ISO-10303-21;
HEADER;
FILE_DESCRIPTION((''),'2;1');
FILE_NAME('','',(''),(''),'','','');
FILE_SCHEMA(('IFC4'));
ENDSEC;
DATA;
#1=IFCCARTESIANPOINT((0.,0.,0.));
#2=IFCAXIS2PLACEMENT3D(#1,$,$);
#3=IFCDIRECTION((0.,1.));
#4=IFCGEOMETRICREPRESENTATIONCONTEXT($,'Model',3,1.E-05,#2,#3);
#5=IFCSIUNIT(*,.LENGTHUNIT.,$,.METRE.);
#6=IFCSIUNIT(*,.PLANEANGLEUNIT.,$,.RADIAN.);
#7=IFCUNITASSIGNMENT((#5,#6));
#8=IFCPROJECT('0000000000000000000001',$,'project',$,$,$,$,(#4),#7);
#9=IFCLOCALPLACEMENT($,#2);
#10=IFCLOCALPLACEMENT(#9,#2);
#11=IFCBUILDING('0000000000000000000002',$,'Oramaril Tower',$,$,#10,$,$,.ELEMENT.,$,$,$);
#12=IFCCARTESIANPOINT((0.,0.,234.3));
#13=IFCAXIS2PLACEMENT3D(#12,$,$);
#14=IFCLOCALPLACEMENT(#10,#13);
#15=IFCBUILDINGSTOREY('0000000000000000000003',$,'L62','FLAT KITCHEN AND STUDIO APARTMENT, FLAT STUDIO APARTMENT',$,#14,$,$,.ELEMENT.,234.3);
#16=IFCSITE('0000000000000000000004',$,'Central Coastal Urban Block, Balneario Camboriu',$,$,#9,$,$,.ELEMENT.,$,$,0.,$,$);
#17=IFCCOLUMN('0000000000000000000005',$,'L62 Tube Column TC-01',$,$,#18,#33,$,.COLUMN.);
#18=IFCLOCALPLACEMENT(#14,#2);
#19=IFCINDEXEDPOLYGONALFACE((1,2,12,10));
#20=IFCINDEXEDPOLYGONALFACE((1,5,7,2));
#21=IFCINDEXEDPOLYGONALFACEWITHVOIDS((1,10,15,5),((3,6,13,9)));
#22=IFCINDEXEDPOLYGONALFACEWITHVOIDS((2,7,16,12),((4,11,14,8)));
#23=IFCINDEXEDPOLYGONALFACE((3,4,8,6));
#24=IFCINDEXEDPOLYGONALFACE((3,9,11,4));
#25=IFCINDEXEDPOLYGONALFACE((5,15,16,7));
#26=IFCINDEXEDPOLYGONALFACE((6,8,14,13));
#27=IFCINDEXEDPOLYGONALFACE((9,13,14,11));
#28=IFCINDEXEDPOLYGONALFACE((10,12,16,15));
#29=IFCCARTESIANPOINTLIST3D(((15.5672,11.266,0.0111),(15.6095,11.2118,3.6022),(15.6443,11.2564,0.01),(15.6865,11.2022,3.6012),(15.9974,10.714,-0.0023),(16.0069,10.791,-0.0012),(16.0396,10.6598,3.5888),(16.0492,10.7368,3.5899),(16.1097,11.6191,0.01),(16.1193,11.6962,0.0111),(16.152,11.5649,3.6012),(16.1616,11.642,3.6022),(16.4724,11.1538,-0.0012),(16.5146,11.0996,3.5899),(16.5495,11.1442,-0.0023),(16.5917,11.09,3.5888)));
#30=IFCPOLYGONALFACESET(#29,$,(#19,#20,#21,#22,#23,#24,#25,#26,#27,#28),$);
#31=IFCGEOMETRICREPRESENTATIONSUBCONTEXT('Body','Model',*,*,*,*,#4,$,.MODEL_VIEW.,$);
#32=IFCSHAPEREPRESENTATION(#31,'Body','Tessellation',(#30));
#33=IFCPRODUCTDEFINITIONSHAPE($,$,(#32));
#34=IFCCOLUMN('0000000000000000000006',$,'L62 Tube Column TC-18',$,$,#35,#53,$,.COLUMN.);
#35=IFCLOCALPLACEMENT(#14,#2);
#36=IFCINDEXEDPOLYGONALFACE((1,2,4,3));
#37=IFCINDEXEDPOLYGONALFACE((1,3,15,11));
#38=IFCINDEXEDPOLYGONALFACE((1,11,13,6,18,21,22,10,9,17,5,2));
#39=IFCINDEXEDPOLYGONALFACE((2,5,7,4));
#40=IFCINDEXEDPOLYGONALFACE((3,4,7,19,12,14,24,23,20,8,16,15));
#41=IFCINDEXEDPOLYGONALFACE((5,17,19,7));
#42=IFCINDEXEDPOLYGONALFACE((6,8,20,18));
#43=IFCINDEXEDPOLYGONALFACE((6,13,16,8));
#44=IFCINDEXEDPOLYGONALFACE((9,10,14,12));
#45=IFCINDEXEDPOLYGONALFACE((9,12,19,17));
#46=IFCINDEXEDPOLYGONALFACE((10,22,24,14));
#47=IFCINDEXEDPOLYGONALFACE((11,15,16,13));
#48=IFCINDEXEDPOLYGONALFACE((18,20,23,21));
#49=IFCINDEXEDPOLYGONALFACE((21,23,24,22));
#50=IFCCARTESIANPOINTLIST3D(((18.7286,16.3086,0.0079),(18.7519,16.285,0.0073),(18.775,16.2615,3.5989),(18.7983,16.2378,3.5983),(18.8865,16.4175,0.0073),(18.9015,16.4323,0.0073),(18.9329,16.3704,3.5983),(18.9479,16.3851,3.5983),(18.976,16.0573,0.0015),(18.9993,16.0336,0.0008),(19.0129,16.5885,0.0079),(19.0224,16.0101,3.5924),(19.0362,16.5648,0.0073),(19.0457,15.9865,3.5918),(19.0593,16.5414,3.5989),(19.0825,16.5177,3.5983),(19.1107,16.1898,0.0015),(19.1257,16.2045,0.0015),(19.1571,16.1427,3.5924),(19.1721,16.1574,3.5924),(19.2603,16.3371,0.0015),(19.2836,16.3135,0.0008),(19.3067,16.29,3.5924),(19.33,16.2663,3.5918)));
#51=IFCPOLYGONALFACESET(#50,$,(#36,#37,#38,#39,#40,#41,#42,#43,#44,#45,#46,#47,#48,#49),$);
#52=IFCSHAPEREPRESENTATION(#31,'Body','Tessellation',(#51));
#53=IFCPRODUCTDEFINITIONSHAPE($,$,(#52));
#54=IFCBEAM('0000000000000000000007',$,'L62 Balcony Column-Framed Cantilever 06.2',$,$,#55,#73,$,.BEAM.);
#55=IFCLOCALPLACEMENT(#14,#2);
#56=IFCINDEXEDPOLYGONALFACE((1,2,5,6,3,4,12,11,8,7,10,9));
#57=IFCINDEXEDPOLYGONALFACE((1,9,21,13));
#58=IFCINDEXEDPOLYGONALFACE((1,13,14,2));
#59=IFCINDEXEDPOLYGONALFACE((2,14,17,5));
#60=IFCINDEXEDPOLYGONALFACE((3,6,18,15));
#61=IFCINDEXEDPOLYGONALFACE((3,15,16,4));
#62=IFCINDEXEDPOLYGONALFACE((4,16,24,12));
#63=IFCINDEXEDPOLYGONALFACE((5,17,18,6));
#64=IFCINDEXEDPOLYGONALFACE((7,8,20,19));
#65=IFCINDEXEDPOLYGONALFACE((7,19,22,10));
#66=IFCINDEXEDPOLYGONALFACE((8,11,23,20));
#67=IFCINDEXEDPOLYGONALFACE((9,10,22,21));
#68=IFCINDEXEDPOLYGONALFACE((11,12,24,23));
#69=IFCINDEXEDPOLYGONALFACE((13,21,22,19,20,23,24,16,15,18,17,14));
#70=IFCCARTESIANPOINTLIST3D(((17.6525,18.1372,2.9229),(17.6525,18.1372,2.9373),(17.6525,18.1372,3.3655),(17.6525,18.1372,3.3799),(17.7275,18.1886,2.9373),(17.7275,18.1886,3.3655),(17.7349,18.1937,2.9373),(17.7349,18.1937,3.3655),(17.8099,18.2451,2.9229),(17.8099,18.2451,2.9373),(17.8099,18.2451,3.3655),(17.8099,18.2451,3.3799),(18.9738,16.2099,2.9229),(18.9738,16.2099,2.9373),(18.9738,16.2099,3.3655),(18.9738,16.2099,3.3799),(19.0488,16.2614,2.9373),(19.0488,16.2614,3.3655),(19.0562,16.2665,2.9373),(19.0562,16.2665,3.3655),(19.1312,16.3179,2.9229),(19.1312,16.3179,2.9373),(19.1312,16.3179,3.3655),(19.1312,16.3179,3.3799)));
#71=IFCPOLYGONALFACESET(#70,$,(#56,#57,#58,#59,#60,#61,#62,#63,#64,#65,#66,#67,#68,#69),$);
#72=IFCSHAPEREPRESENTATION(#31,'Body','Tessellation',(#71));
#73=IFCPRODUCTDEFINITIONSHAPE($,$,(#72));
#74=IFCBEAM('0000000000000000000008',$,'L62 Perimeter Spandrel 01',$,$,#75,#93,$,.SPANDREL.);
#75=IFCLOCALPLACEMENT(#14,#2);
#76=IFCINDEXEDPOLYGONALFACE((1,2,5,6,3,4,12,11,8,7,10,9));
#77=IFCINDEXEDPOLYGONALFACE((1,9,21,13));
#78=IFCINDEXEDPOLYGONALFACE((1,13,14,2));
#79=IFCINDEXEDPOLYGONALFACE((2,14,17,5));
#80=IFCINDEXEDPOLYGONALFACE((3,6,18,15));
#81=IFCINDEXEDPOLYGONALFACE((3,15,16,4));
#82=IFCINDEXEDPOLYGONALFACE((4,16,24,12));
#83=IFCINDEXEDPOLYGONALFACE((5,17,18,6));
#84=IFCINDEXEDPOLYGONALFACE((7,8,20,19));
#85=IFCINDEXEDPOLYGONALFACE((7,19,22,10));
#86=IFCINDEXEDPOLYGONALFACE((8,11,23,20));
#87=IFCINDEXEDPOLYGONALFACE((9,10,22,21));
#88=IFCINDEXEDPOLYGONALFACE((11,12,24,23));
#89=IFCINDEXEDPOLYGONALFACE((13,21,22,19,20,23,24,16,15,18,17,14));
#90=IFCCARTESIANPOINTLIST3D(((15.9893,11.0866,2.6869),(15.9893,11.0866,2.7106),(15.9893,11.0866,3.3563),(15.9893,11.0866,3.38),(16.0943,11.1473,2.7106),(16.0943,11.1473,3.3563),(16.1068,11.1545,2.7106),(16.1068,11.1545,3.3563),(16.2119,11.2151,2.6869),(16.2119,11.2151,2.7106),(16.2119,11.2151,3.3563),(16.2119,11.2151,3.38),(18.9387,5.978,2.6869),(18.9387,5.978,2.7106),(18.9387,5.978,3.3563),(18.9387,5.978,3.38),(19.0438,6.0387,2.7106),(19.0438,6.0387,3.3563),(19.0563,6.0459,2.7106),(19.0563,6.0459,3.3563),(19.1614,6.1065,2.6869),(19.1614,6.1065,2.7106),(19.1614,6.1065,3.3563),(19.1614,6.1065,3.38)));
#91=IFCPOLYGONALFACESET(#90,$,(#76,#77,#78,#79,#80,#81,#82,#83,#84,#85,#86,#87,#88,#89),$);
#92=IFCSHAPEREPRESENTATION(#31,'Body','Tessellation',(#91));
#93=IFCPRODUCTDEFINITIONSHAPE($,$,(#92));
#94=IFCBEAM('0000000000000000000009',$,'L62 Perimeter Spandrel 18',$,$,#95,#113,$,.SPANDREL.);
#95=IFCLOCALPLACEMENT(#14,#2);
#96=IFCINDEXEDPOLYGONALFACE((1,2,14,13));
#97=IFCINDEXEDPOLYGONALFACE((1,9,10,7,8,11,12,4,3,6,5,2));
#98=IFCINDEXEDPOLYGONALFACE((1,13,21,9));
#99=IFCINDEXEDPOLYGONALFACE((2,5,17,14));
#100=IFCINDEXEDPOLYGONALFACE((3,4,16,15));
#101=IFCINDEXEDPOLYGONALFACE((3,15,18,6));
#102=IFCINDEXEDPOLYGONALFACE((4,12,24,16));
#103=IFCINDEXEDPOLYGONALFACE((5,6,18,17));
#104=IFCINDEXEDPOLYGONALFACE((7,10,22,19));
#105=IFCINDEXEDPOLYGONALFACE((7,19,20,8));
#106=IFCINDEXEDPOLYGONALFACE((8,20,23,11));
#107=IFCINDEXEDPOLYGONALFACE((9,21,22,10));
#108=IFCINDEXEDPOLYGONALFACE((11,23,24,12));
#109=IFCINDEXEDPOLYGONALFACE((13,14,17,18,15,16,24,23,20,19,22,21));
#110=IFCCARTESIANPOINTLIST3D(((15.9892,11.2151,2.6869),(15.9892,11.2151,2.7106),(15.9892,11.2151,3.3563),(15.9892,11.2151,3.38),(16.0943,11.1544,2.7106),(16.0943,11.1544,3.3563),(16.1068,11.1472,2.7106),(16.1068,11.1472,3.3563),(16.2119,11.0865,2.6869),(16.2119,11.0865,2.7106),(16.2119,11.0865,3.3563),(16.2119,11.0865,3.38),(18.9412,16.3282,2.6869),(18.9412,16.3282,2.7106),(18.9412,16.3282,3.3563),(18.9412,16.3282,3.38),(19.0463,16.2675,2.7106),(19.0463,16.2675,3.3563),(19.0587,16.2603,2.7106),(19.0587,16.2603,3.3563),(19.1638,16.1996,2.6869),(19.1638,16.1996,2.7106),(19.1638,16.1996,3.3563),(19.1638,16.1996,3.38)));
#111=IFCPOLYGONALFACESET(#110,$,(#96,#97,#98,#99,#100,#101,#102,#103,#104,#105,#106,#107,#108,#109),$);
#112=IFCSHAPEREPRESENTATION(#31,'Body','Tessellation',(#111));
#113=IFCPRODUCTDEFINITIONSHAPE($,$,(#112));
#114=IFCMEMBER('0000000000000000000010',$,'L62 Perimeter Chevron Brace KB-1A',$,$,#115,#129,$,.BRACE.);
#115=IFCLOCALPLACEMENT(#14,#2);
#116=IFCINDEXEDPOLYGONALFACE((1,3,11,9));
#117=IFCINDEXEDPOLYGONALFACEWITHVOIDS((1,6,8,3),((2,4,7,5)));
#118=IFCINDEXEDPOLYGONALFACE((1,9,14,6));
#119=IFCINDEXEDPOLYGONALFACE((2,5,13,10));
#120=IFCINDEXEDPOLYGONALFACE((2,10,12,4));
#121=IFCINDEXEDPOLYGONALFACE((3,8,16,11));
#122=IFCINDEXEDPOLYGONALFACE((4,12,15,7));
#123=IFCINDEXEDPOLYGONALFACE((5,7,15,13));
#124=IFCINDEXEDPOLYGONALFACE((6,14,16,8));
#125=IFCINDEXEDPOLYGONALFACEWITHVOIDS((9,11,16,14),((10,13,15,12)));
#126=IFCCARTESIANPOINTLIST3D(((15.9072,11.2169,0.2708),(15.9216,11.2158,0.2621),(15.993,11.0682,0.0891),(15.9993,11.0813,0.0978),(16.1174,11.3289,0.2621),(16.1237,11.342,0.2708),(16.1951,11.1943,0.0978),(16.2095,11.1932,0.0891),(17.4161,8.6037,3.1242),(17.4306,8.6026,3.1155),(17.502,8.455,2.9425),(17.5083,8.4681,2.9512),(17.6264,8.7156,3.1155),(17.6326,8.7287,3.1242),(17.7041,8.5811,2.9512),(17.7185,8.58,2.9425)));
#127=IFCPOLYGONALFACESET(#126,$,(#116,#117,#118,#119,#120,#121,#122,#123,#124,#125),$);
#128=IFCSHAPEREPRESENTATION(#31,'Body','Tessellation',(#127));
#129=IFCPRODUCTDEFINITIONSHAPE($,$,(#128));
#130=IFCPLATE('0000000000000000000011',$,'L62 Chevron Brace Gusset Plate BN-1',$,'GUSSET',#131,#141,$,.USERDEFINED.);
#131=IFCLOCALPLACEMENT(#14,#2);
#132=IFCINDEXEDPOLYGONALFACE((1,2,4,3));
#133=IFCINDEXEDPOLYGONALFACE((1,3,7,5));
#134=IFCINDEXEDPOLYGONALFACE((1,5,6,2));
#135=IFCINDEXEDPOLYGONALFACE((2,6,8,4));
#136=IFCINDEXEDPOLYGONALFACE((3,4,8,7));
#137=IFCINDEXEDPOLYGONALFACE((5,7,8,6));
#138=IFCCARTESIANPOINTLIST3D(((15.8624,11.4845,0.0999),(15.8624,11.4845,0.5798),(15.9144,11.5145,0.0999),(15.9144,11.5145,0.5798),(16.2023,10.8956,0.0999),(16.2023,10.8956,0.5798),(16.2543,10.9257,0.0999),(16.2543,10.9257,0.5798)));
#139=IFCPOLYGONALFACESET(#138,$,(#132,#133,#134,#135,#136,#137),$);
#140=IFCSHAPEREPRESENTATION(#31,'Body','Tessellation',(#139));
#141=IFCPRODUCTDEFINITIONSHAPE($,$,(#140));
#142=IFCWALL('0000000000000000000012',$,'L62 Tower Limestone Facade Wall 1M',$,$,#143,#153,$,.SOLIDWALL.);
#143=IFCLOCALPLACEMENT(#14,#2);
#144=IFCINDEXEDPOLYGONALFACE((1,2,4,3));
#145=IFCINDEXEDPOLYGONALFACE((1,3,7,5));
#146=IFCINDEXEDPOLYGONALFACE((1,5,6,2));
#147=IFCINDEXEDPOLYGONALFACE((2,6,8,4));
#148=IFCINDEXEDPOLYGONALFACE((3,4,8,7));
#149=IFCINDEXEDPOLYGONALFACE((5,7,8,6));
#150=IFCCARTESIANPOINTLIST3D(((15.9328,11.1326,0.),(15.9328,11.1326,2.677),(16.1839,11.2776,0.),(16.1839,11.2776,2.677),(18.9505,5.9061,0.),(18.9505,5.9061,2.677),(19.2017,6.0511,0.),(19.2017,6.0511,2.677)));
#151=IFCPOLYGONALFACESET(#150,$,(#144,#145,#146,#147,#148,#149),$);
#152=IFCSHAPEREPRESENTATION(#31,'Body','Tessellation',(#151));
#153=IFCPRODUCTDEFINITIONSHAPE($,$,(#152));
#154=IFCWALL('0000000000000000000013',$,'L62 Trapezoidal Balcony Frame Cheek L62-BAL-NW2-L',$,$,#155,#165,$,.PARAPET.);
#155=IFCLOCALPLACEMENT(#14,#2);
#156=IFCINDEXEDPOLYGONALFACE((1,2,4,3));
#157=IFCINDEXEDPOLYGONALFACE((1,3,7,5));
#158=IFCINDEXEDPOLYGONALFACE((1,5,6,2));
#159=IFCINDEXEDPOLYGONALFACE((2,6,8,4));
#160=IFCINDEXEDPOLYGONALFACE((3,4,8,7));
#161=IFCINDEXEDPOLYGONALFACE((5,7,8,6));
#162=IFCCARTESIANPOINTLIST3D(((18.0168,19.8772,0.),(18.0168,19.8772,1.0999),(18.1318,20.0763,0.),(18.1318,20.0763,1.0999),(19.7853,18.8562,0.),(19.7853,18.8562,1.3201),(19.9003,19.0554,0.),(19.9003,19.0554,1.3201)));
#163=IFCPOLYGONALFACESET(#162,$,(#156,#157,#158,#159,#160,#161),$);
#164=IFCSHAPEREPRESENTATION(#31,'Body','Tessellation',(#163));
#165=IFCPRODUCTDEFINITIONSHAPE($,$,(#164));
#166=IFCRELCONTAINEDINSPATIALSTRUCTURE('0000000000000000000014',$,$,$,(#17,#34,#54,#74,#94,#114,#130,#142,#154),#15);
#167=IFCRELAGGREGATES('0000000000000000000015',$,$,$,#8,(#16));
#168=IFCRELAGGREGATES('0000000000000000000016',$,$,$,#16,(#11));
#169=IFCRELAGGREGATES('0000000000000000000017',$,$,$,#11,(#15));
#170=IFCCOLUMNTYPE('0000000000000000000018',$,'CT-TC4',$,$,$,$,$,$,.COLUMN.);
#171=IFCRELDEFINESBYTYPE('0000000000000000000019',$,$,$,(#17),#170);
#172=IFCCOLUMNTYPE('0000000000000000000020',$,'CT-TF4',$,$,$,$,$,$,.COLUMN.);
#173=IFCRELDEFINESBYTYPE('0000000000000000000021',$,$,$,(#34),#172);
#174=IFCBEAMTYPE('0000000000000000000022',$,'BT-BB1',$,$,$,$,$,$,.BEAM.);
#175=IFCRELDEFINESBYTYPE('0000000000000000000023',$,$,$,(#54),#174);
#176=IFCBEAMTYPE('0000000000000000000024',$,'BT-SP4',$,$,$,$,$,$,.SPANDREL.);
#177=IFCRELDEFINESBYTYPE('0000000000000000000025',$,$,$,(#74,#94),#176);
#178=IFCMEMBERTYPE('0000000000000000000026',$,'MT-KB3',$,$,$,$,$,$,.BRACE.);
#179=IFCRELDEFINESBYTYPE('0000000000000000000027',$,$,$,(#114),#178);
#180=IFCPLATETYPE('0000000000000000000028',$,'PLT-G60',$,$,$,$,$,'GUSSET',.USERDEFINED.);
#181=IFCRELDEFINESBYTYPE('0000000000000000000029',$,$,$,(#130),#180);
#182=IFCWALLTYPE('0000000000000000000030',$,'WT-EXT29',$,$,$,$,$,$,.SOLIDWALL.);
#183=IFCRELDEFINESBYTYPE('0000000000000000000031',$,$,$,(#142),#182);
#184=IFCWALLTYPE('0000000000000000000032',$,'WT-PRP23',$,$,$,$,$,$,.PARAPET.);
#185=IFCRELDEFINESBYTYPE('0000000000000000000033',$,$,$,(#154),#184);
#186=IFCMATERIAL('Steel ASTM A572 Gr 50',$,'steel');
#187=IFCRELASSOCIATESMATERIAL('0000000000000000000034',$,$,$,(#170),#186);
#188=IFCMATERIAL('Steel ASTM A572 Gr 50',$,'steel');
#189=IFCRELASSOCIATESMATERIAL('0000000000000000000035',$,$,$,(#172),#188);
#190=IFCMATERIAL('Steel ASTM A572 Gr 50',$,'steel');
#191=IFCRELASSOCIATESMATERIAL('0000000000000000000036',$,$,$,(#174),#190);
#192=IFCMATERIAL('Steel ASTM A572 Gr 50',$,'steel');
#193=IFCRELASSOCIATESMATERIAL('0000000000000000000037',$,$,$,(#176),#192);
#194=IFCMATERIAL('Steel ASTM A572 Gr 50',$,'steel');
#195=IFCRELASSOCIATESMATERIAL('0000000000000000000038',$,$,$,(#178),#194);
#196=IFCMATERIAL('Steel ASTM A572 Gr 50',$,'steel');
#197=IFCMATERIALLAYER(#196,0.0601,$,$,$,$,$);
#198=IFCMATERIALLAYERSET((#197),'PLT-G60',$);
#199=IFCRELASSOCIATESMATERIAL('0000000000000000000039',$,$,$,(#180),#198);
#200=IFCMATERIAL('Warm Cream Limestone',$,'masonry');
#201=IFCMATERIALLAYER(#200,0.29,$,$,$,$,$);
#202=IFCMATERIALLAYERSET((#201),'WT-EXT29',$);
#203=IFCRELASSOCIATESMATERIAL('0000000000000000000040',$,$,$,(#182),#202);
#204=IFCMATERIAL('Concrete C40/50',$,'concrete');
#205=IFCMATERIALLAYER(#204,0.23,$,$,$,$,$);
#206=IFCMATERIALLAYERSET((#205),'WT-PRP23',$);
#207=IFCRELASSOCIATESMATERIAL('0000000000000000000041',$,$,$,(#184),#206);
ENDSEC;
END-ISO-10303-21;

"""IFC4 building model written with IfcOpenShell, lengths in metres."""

from ifc_helpers import new_model, si_unit, direction, frame, frame_2d, origin, origin_2d, place, context, subcontext, project, spatial, polyline, rectangle, hollow_rectangle, i_section, outline, extrude, material, layer, layer_set, material_profile, profile_set, type_object, element, save


model = new_model("IFC4")

# Units and contexts
model_context = context("Model", 3, precision=1e-05, world=origin(), true_north=direction((0.0, 1.0)))
body_context = subcontext(model_context, "Body", "Model", "MODEL_VIEW")
ifc_project = project(units=[si_unit("LENGTHUNIT", "METRE"), si_unit("PLANEANGLEUNIT", "RADIAN")], contexts=[model_context])

# Site, building, storey
site_placement = place(None, origin())
site = spatial("IfcSite", under=ifc_project, at=site_placement, Name="Central Coastal Urban Block, Balneario Camboriu", CompositionType="ELEMENT", RefElevation=0.0)
building_placement = place(site_placement, origin())
building = spatial("IfcBuilding", under=site, at=building_placement, Name="Oramaril Tower", CompositionType="ELEMENT")
storey_placement = place(building_placement, frame((0.0, 0.0, 234.3)))
storey = spatial("IfcBuildingStorey", under=building, at=storey_placement, Name="L62", Description="FLAT KITCHEN AND STUDIO APARTMENT, FLAT STUDIO APARTMENT", CompositionType="ELEMENT", Elevation=234.3)

# Columns
ifc_material_1 = material(Name="Steel ASTM A572 Gr 50", Category="steel")
ifc_material_profile_1 = material_profile(ifc_material_1, hollow_rectangle(XDim=0.7, YDim=0.7, WallThickness=0.0549, at=origin_2d()), Name="BOX700X700X55")
ifc_profile_set_1 = profile_set([ifc_material_profile_1], Name="Steel ASTM A572 Gr 50")
column_type_1 = type_object("IfcColumnType", Name="CT-TC4", PredefinedType="COLUMN", material=ifc_profile_set_1)
column_1_placement = place(storey_placement, frame((16.0583, 11.2051, 0.0044), z_axis=(0.011759, -0.01509, 0.999817), x_axis=(0.788778, 0.614678, 0.0)))
element("IfcColumn", 1, at=column_1_placement, inside=storey, type_object=column_type_1, Name="L62 Tube Column TC-01", PredefinedType="COLUMN", context=body_context, shape_type="SweptSolid", body=[
    extrude(hollow_rectangle(XDim=0.7, YDim=0.7, WallThickness=0.0549, at=origin_2d()), origin(), (0.0, 0.0, 1.0), 3.5918),
])
ifc_material_2 = material(Name="Steel ASTM A572 Gr 50", Category="steel")
ifc_material_profile_2 = material_profile(ifc_material_2, i_section(OverallWidth=0.3989, OverallDepth=0.386, WebThickness=0.021, FlangeThickness=0.0332, at=origin_2d()), Name="W14X176")
ifc_profile_set_2 = profile_set([ifc_material_profile_2], Name="Steel ASTM A572 Gr 50")
column_type_2 = type_object("IfcColumnType", Name="CT-TF4", PredefinedType="COLUMN", material=ifc_profile_set_2)
column_2_placement = place(storey_placement, frame((19.0061, 16.311, 0.0044), z_axis=(0.012915, -0.013119, 0.999831), x_axis=(0.712624, 0.701547, 0.0)))
element("IfcColumn", 2, at=column_2_placement, inside=storey, type_object=column_type_2, Name="L62 Tube Column TC-18", PredefinedType="COLUMN", context=body_context, shape_type="SweptSolid", body=[
    extrude(i_section(OverallWidth=0.3989, OverallDepth=0.386, WebThickness=0.021, FlangeThickness=0.0332, at=origin_2d()), origin(), (0.0, 0.0, 1.0), 3.5916),
])

# Beams
ifc_material_3 = material(Name="Steel ASTM A572 Gr 50", Category="steel")
ifc_material_profile_3 = material_profile(ifc_material_3, i_section(OverallWidth=0.1909, OverallDepth=0.457, WebThickness=0.009, FlangeThickness=0.0144, at=origin_2d()), Name="W18X50")
ifc_profile_set_3 = profile_set([ifc_material_profile_3], Name="Steel ASTM A572 Gr 50")
beam_type_1 = type_object("IfcBeamType", Name="BT-BB1", PredefinedType="BEAM", material=ifc_profile_set_3)
beam_1_placement = place(storey_placement, frame((19.0525, 16.2639, 3.1514), z_axis=(-0.565455, 0.824779, 0.0), x_axis=(-0.824779, -0.565455, 0.0)))
element("IfcBeam", 3, at=beam_1_placement, inside=storey, type_object=beam_type_1, Name="L62 Balcony Column-Framed Cantilever 06.2", PredefinedType="BEAM", context=body_context, shape_type="SweptSolid", body=[
    extrude(i_section(OverallWidth=0.1909, OverallDepth=0.457, WebThickness=0.009, FlangeThickness=0.0144, at=origin_2d()), origin(), (0.0, 0.0, 1.0), 2.3367),
])
ifc_material_4 = material(Name="Steel ASTM A572 Gr 50", Category="steel")
ifc_material_profile_4 = material_profile(ifc_material_4, i_section(OverallWidth=0.2571, OverallDepth=0.6931, WebThickness=0.0144, FlangeThickness=0.0237, at=origin_2d()), Name="W27X114")
ifc_profile_set_4 = profile_set([ifc_material_profile_4], Name="Steel ASTM A572 Gr 50")
beam_type_2 = type_object("IfcBeamType", Name="BT-SP4", PredefinedType="SPANDREL", material=ifc_profile_set_4)
beam_2_placement = place(storey_placement, frame((16.1006, 11.1509, 3.0334), z_axis=(0.499998, -0.866026, 0.0), x_axis=(0.866026, 0.499998, 0.0)))
element("IfcBeam", 4, at=beam_2_placement, inside=storey, type_object=beam_type_2, Name="L62 Perimeter Spandrel 01", PredefinedType="SPANDREL", context=body_context, shape_type="SweptSolid", body=[
    extrude(i_section(OverallWidth=0.2571, OverallDepth=0.6931, WebThickness=0.0144, FlangeThickness=0.0237, at=origin_2d()), origin(), (0.0, 0.0, 1.0), 5.8989),
])
beam_3_placement = place(storey_placement, frame((19.0525, 16.2639, 3.0334), z_axis=(-0.499986, -0.866033, 0.0), x_axis=(0.866033, -0.499986, 0.0)))
element("IfcBeam", 5, at=beam_3_placement, inside=storey, type_object=beam_type_2, Name="L62 Perimeter Spandrel 18", PredefinedType="SPANDREL", context=body_context, shape_type="SweptSolid", body=[
    extrude(i_section(OverallWidth=0.2571, OverallDepth=0.6931, WebThickness=0.0144, FlangeThickness=0.0237, at=origin_2d()), origin(), (0.0, 0.0, 1.0), 5.9041),
])

# Member
ifc_material_5 = material(Name="Steel ASTM A572 Gr 50", Category="steel")
ifc_material_profile_5 = material_profile(ifc_material_5, hollow_rectangle(XDim=0.25, YDim=0.25, WallThickness=0.012, at=origin_2d()), Name="HSS250X250X12")
ifc_profile_set_5 = profile_set([ifc_material_profile_5], Name="Steel ASTM A572 Gr 50")
member_type = type_object("IfcMemberType", Name="MT-KB3", PredefinedType="BRACE", material=ifc_profile_set_5)
member_placement = place(storey_placement, frame((16.0583, 11.2051, 0.1799), z_axis=(0.363343, -0.629223, 0.687066), x_axis=(0.865989, 0.500063, 0.0)))
element("IfcMember", 6, at=member_placement, inside=storey, type_object=member_type, Name="L62 Perimeter Chevron Brace KB-1A", PredefinedType="BRACE", context=body_context, shape_type="SweptSolid", body=[
    extrude(hollow_rectangle(XDim=0.25, YDim=0.25, WallThickness=0.012, at=origin_2d()), origin(), (0.0, 0.0, 1.0), 4.1531),
])

# Plate
ifc_material_6 = material(Name="Steel ASTM A572 Gr 50", Category="steel")
ifc_layer_1 = layer(ifc_material_6, 0.0601)
ifc_layer_set_1 = layer_set([ifc_layer_1], Name="PLT-G60")
plate_type = type_object("IfcPlateType", Name="PLT-G60", ElementType="GUSSET", PredefinedType="USERDEFINED", material=ifc_layer_set_1)
plate_placement = place(storey_placement, frame((16.0583, 11.2051, 0.0999), z_axis=(0.0, 0.0, 1.0), x_axis=(0.5, -0.866025, 0.0)))
element("IfcPlate", 7, at=plate_placement, inside=storey, type_object=plate_type, Name="L62 Chevron Brace Gusset Plate BN-1", ObjectType="GUSSET", PredefinedType="USERDEFINED", context=body_context, shape_type="SweptSolid", body=[
    extrude(rectangle(XDim=0.6799, YDim=0.0601, at=origin_2d()), origin(), (0.0, 0.0, 1.0), 0.48),
])

# Walls
ifc_material_7 = material(Name="Warm Cream Limestone", Category="masonry")
ifc_layer_2 = layer(ifc_material_7, 0.29)
ifc_layer_set_2 = layer_set([ifc_layer_2], Name="WT-EXT29")
wall_type_1 = type_object("IfcWallType", Name="WT-EXT29", PredefinedType="SOLIDWALL", material=ifc_layer_set_2)
wall_1_placement = place(storey_placement, frame((16.0583, 11.2051, 0.0), z_axis=(0.0, 0.0, 1.0), x_axis=(0.500033, -0.866006, 0.0)))
element("IfcWall", 8, at=wall_1_placement, inside=storey, type_object=wall_type_1, Name="L62 Tower Limestone Facade Wall 1M", PredefinedType="SOLIDWALL", context=body_context, shape_type="SweptSolid", body=[
    extrude(rectangle(XDim=6.0352, YDim=0.29, at=frame_2d((3.0176, 0.0))), origin(), (0.0, 0.0, 1.0), 2.677),
])
ifc_material_8 = material(Name="Concrete C40/50", Category="concrete")
ifc_layer_3 = layer(ifc_material_8, 0.23)
ifc_layer_set_3 = layer_set([ifc_layer_3], Name="WT-PRP23")
wall_type_2 = type_object("IfcWallType", Name="WT-PRP23", PredefinedType="PARAPET", material=ifc_layer_set_3)
wall_2_placement = place(storey_placement, frame((19.8428, 18.9558, 0.0), z_axis=(0.0, 0.0, 1.0), x_axis=(-0.866042, 0.499971, 0.0)))
element("IfcWall", 9, at=wall_2_placement, inside=storey, type_object=wall_type_2, Name="L62 Trapezoidal Balcony Frame Cheek L62-BAL-NW2-L", PredefinedType="PARAPET", context=body_context, shape_type="SweptSolid", body=[
    extrude(outline(polyline([(0.0, 0.0), (2.042, 0.0), (2.042, 1.0999), (0.0, 1.3201), (0.0, 0.0)])), frame((0.0, 0.115, 0.0), z_axis=(0.0, -1.0, 0.0), x_axis=(1.0, 0.0, 0.0)), (0.0, 0.0, 1.0), 0.23),
])

save(model, "model.ifc")
